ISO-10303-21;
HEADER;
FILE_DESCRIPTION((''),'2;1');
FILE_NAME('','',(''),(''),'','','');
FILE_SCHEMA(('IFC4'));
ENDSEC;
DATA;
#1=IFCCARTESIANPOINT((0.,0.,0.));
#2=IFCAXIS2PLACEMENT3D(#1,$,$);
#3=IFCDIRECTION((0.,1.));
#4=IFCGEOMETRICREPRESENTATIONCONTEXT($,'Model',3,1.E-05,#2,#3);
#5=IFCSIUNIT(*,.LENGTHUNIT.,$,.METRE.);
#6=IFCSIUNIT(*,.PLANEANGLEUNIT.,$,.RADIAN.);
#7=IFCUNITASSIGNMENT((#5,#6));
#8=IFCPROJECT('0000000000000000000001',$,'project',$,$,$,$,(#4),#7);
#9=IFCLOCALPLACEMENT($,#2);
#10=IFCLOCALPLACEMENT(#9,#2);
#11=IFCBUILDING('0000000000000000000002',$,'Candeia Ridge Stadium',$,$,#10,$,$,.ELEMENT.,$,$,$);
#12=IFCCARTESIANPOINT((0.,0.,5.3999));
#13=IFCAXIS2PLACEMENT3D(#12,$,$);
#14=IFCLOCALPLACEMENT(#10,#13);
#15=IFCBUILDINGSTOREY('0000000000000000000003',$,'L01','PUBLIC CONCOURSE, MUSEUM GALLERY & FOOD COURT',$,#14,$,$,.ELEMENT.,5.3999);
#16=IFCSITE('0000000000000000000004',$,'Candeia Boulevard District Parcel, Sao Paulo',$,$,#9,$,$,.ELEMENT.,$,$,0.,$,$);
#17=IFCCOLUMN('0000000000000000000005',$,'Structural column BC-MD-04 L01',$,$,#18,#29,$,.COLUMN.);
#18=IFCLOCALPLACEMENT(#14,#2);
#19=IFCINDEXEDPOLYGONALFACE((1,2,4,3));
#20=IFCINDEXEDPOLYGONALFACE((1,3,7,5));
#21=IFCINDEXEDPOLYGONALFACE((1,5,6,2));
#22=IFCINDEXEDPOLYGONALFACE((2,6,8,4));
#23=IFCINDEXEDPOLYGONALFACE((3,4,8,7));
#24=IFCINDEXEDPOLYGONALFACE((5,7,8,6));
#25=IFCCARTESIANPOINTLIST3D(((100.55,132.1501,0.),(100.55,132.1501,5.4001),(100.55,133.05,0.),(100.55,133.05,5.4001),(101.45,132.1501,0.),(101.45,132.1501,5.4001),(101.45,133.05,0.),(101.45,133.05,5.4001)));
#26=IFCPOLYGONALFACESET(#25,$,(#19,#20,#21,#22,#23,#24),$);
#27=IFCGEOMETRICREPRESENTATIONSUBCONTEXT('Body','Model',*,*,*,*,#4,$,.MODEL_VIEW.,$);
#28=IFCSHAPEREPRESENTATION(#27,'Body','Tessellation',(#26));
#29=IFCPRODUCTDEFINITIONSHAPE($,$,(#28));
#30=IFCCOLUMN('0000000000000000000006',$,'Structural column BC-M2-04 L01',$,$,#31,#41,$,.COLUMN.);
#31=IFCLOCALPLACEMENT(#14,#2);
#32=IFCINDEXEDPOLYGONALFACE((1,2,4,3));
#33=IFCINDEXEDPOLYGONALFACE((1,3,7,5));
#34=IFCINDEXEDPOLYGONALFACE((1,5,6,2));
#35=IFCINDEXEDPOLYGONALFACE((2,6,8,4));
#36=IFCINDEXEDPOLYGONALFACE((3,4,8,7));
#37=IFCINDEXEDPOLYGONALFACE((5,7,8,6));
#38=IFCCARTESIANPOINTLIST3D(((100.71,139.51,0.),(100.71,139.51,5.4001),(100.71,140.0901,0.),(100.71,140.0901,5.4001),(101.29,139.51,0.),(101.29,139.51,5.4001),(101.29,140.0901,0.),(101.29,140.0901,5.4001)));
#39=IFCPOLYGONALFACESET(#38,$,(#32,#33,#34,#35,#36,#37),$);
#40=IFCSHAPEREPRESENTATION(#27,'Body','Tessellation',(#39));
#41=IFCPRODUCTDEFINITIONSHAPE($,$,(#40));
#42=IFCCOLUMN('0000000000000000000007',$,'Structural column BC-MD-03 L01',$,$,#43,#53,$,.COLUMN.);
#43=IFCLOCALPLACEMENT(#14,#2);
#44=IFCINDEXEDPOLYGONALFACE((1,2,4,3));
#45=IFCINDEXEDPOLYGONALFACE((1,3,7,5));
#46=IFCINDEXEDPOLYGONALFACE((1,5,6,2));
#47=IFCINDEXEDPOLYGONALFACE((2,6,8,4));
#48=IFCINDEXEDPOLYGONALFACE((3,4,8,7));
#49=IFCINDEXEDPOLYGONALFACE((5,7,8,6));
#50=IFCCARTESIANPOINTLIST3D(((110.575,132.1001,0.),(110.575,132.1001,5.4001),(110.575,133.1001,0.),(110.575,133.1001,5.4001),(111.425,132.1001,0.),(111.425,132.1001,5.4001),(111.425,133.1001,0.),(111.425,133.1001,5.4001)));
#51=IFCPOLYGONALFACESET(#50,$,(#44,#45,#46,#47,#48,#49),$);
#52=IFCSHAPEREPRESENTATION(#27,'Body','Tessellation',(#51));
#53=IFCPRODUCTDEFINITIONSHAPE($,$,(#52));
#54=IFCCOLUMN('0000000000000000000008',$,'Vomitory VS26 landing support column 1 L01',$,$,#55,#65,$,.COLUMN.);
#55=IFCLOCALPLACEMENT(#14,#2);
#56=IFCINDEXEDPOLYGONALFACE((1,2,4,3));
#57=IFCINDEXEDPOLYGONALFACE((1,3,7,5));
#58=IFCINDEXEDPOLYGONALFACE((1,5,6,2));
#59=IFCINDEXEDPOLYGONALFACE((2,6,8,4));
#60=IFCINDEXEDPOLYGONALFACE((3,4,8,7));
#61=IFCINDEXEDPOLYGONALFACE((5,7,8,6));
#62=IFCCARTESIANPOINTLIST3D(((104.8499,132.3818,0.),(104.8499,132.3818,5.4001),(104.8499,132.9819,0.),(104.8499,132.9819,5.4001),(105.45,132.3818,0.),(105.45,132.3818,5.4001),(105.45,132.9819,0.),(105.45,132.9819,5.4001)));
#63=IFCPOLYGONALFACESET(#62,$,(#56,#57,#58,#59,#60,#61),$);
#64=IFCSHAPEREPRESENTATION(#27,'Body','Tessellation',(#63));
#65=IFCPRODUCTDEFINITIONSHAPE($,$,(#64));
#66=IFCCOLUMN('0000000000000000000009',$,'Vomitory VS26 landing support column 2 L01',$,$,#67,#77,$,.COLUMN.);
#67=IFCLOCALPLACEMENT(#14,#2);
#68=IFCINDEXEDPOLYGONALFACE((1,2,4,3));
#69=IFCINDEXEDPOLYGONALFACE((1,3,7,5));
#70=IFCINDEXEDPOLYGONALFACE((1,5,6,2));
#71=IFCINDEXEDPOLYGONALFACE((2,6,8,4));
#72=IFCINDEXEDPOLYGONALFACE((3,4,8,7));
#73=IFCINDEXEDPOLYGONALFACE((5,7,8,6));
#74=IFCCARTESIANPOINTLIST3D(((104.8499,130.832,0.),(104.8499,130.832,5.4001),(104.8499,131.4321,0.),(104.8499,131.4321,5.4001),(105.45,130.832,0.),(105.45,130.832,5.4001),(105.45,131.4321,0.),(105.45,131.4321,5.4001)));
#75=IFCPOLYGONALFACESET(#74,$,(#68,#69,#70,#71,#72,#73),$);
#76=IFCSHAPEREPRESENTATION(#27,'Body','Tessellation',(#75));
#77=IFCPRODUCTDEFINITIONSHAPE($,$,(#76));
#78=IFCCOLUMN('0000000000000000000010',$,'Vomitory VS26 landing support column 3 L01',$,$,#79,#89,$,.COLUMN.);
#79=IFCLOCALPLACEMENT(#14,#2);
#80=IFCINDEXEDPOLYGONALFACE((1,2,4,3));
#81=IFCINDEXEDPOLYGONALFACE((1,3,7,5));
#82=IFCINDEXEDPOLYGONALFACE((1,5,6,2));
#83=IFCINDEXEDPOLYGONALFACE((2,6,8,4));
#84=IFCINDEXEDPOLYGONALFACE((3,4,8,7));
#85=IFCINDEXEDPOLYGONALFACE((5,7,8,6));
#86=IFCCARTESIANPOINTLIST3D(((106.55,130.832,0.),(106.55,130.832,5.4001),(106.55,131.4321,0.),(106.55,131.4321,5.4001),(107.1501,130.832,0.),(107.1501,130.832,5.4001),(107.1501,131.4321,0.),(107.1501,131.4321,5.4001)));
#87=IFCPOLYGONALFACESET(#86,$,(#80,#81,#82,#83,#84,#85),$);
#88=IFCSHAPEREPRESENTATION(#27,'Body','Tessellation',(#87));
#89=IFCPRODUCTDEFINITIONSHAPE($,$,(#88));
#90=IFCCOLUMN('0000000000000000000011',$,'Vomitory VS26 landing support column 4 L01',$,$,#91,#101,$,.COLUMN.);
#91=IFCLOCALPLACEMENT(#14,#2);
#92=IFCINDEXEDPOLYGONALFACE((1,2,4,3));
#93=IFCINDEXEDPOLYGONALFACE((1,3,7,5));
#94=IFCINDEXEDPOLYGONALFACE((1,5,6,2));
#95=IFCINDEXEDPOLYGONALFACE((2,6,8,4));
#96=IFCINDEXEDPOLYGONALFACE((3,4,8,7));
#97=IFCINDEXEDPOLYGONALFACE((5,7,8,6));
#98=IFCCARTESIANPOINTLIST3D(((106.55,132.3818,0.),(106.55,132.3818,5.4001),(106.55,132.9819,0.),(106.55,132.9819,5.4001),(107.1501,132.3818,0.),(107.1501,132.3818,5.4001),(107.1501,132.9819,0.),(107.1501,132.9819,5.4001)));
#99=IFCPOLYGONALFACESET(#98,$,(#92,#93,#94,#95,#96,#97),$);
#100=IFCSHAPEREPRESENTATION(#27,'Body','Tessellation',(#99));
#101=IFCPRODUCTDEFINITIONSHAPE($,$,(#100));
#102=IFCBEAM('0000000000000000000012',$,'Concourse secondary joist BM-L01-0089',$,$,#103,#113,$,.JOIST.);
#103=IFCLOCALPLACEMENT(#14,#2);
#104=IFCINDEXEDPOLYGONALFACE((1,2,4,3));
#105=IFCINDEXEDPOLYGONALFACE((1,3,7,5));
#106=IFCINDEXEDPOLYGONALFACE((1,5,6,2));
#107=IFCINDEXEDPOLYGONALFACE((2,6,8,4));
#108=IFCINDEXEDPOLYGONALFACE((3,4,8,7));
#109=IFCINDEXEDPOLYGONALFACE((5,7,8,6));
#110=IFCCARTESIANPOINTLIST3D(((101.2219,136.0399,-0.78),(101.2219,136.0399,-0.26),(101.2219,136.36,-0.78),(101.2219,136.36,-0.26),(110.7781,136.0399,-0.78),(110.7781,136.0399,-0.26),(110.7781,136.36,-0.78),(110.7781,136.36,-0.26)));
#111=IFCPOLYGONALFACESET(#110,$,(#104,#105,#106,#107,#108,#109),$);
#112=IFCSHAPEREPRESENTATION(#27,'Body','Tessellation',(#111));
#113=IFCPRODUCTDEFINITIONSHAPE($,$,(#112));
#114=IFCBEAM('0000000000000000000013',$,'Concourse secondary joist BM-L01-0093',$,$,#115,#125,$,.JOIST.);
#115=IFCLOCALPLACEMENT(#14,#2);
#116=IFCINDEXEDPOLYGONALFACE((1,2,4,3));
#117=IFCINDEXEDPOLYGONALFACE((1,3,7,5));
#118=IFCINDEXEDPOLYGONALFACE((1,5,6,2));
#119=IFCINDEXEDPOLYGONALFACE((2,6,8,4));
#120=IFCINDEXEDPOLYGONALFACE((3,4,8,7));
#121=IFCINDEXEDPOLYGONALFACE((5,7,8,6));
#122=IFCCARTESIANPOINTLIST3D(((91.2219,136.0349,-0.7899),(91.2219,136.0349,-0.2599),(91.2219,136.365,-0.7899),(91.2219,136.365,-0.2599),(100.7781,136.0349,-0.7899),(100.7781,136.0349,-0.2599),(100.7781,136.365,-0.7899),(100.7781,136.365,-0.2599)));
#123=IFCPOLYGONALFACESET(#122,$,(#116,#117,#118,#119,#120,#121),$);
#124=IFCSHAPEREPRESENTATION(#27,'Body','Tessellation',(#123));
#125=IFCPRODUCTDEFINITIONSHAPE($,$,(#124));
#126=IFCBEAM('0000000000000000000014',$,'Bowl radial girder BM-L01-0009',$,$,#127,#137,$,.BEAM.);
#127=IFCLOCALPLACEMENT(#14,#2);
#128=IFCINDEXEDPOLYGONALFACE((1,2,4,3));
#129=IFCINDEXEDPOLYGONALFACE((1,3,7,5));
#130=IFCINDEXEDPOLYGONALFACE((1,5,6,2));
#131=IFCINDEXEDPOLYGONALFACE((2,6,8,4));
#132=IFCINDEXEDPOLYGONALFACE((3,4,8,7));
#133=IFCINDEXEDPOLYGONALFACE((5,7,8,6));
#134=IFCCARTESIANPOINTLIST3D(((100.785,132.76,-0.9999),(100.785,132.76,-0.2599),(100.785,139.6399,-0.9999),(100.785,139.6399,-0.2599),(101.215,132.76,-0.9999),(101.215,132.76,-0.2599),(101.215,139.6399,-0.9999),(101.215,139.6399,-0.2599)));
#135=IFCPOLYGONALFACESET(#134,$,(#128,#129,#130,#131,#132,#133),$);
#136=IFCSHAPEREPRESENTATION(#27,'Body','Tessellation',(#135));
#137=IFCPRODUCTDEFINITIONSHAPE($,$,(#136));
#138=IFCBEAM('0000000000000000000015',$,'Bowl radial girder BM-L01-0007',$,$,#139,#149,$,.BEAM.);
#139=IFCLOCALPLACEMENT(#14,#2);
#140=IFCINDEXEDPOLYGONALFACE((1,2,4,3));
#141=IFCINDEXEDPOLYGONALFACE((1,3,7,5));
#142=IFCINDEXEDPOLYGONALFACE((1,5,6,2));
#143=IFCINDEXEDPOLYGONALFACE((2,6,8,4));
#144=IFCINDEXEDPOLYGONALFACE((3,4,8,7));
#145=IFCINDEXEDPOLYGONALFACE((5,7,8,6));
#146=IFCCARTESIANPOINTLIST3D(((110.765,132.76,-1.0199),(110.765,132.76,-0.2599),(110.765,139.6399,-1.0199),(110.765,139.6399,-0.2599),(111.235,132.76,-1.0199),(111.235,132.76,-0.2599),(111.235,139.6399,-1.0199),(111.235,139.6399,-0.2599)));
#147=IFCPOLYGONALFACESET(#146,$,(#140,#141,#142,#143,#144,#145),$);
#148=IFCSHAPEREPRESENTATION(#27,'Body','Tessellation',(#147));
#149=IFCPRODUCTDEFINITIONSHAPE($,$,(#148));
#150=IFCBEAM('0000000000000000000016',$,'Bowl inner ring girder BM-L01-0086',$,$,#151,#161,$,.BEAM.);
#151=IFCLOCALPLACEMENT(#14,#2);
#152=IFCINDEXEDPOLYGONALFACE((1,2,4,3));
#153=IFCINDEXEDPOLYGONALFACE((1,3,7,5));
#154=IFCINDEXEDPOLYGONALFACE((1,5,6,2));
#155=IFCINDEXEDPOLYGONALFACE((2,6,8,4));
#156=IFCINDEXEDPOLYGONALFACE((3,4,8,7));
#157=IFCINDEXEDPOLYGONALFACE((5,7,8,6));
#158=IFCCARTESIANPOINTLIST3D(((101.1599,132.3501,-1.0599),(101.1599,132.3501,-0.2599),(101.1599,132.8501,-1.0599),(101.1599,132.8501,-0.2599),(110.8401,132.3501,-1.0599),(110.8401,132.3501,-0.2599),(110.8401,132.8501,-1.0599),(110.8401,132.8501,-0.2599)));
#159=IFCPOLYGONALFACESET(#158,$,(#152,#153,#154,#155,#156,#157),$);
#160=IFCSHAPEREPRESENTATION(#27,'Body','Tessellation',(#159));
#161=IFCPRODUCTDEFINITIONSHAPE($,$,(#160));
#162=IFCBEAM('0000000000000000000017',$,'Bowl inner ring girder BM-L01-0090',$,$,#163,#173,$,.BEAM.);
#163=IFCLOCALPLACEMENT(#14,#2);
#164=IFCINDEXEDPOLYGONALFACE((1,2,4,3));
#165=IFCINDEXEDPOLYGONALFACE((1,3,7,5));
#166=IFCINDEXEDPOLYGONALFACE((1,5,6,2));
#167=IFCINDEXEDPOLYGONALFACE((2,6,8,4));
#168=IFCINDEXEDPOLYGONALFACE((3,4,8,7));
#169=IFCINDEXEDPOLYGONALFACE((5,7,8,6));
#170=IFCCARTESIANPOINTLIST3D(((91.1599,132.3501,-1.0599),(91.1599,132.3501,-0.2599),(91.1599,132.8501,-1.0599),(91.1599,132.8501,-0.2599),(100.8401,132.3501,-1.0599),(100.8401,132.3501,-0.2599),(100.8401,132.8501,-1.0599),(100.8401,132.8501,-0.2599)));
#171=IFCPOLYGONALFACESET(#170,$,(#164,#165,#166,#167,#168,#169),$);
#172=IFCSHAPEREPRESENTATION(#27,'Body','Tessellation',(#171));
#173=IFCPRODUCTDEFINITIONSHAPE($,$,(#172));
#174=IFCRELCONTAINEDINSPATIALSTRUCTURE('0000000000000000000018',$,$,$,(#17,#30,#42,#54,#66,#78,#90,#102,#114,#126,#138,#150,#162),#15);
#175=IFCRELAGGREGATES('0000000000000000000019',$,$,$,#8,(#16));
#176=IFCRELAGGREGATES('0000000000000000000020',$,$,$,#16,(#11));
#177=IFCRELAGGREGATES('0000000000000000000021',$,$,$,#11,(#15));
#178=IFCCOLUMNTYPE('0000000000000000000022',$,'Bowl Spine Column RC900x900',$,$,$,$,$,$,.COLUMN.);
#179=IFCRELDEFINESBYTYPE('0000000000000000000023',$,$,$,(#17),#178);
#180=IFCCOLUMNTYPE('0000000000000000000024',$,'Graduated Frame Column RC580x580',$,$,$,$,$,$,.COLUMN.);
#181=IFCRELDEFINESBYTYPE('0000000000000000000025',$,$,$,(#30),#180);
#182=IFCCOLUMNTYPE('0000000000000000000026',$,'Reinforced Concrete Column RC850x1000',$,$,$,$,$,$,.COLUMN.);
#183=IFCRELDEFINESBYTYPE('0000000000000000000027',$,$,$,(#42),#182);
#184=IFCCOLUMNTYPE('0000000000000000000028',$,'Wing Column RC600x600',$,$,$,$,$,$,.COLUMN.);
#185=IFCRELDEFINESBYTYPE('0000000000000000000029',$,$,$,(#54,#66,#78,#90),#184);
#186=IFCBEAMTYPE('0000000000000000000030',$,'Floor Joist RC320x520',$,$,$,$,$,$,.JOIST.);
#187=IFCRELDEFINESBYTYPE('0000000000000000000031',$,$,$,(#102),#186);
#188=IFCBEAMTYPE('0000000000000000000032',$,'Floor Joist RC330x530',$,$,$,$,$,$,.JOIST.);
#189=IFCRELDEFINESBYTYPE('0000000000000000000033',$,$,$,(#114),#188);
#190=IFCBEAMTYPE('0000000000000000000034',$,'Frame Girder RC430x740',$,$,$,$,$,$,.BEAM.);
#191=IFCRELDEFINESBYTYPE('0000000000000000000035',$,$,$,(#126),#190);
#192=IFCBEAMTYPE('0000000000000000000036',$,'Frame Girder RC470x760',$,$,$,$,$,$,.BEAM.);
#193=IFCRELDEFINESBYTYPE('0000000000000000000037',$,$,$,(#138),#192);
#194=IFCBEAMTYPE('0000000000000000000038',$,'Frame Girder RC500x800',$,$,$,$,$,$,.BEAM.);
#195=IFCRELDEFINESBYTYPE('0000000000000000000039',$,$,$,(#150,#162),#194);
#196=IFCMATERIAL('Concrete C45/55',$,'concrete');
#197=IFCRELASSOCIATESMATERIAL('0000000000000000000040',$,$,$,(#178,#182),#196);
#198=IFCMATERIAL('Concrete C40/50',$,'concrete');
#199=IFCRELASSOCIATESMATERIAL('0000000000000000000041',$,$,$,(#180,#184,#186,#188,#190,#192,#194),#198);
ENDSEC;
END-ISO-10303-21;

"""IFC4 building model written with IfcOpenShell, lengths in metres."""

from ifc_helpers import new_model, si_unit, direction, frame, origin, origin_2d, place, context, subcontext, project, spatial, rectangle, extrude, material, material_profile, profile_set, type_object, element, save


model = new_model("IFC4")

# Units and contexts
model_context = context("Model", 3, precision=1e-05, world=origin(), true_north=direction((0.0, 1.0)))
body_context = subcontext(model_context, "Body", "Model", "MODEL_VIEW")
ifc_project = project(units=[si_unit("LENGTHUNIT", "METRE"), si_unit("PLANEANGLEUNIT", "RADIAN")], contexts=[model_context])

# Site, building, storey
site_placement = place(None, origin())
site = spatial("IfcSite", under=ifc_project, at=site_placement, Name="Candeia Boulevard District Parcel, Sao Paulo", CompositionType="ELEMENT", RefElevation=0.0)
building_placement = place(site_placement, origin())
building = spatial("IfcBuilding", under=site, at=building_placement, Name="Candeia Ridge Stadium", CompositionType="ELEMENT")
storey_placement = place(building_placement, frame((0.0, 0.0, 5.3999)))
storey = spatial("IfcBuildingStorey", under=building, at=storey_placement, Name="L01", Description="PUBLIC CONCOURSE, MUSEUM GALLERY & FOOD COURT", CompositionType="ELEMENT", Elevation=5.3999)

# Columns
ifc_material_1 = material(Name="Concrete C45/55", Category="concrete")
ifc_material_profile_1 = material_profile(ifc_material_1, rectangle(XDim=0.8999, YDim=0.8999, at=origin_2d()), Name="RC900x900", Category="concrete")
ifc_profile_set_1 = profile_set([ifc_material_profile_1], Name="Concrete C45/55")
column_type_1 = type_object("IfcColumnType", Name="Bowl Spine Column RC900x900", PredefinedType="COLUMN", material=ifc_profile_set_1)
column_1_placement = place(storey_placement, frame((101.0, 132.6001, 0.0), z_axis=(0.0, 0.0, 1.0), x_axis=(1.0, 0.0, 0.0)))
element("IfcColumn", 1, at=column_1_placement, inside=storey, type_object=column_type_1, Name="Structural column BC-MD-04 L01", PredefinedType="COLUMN", context=body_context, shape_type="SweptSolid", body=[
    extrude(rectangle(XDim=0.8999, YDim=0.8999, at=origin_2d()), origin(), (0.0, 0.0, 1.0), 5.4001),
])
ifc_material_2 = material(Name="Concrete C40/50", Category="concrete")
ifc_material_profile_2 = material_profile(ifc_material_2, rectangle(XDim=0.5801, YDim=0.5801, at=origin_2d()), Name="RC580x580", Category="concrete")
ifc_profile_set_2 = profile_set([ifc_material_profile_2], Name="Concrete C40/50")
column_type_2 = type_object("IfcColumnType", Name="Graduated Frame Column RC580x580", PredefinedType="COLUMN", material=ifc_profile_set_2)
column_2_placement = place(storey_placement, frame((101.0, 139.8, 0.0), z_axis=(0.0, 0.0, 1.0), x_axis=(1.0, 0.0, 0.0)))
element("IfcColumn", 2, at=column_2_placement, inside=storey, type_object=column_type_2, Name="Structural column BC-M2-04 L01", PredefinedType="COLUMN", context=body_context, shape_type="SweptSolid", body=[
    extrude(rectangle(XDim=0.5801, YDim=0.5801, at=origin_2d()), origin(), (0.0, 0.0, 1.0), 5.4001),
])
ifc_material_profile_3 = material_profile(ifc_material_1, rectangle(XDim=0.8501, YDim=1.0, at=origin_2d()), Name="RC850x1000", Category="concrete")
ifc_profile_set_3 = profile_set([ifc_material_profile_3], Name="Concrete C45/55")
column_type_3 = type_object("IfcColumnType", Name="Reinforced Concrete Column RC850x1000", PredefinedType="COLUMN", material=ifc_profile_set_3)
column_3_placement = place(storey_placement, frame((111.0, 132.6001, 0.0), z_axis=(0.0, 0.0, 1.0), x_axis=(1.0, 0.0, 0.0)))
element("IfcColumn", 3, at=column_3_placement, inside=storey, type_object=column_type_3, Name="Structural column BC-MD-03 L01", PredefinedType="COLUMN", context=body_context, shape_type="SweptSolid", body=[
    extrude(rectangle(XDim=0.8501, YDim=1.0, at=origin_2d()), origin(), (0.0, 0.0, 1.0), 5.4001),
])
ifc_material_profile_4 = material_profile(ifc_material_2, rectangle(XDim=0.6001, YDim=0.6001, at=origin_2d()), Name="RC600x600", Category="concrete")
ifc_profile_set_4 = profile_set([ifc_material_profile_4], Name="Concrete C40/50")
column_type_4 = type_object("IfcColumnType", Name="Wing Column RC600x600", PredefinedType="COLUMN", material=ifc_profile_set_4)
for number, where, z_axis, x_axis, name in (
    (4, (105.1499, 132.6819, 0.0), (0.0, 0.0, 1.0), (1.0, 0.0, 0.0), "Vomitory VS26 landing support column 1 L01"),
    (5, (105.1499, 131.1321, 0.0), (0.0, 0.0, 1.0), (1.0, 0.0, 0.0), "Vomitory VS26 landing support column 2 L01"),
    (6, (106.8501, 131.1321, 0.0), (0.0, 0.0, 1.0), (1.0, 0.0, 0.0), "Vomitory VS26 landing support column 3 L01"),
    (7, (106.8501, 132.6819, 0.0), (0.0, 0.0, 1.0), (1.0, 0.0, 0.0), "Vomitory VS26 landing support column 4 L01"),
):
    element("IfcColumn", number, at=place(storey_placement, frame(where, z_axis=z_axis, x_axis=x_axis)), inside=storey, type_object=column_type_4, Name=name, PredefinedType="COLUMN", context=body_context, shape_type="SweptSolid", body=[
        extrude(rectangle(XDim=0.6001, YDim=0.6001, at=origin_2d()), origin(), (0.0, 0.0, 1.0), 5.4001),
    ])

# Beams
ifc_material_profile_5 = material_profile(ifc_material_2, rectangle(XDim=0.3201, YDim=0.52, at=origin_2d()), Name="RC320x520", Category="concrete")
ifc_profile_set_5 = profile_set([ifc_material_profile_5], Name="Concrete C40/50")
beam_type_1 = type_object("IfcBeamType", Name="Floor Joist RC320x520", PredefinedType="JOIST", material=ifc_profile_set_5)
beam_1_placement = place(storey_placement, frame((110.7781, 136.2, -0.52), z_axis=(-1.0, 0.0, 0.0), x_axis=(0.0, -1.0, 0.0)))
element("IfcBeam", 8, at=beam_1_placement, inside=storey, type_object=beam_type_1, Name="Concourse secondary joist BM-L01-0089", PredefinedType="JOIST", context=body_context, shape_type="SweptSolid", body=[
    extrude(rectangle(XDim=0.3201, YDim=0.52, at=origin_2d()), origin(), (0.0, 0.0, 1.0), 9.5562),
])
ifc_material_profile_6 = material_profile(ifc_material_2, rectangle(XDim=0.3301, YDim=0.53, at=origin_2d()), Name="RC330x530", Category="concrete")
ifc_profile_set_6 = profile_set([ifc_material_profile_6], Name="Concrete C40/50")
beam_type_2 = type_object("IfcBeamType", Name="Floor Joist RC330x530", PredefinedType="JOIST", material=ifc_profile_set_6)
beam_2_placement = place(storey_placement, frame((100.7781, 136.2, -0.5249), z_axis=(-1.0, 0.0, 0.0), x_axis=(0.0, -1.0, 0.0)))
element("IfcBeam", 9, at=beam_2_placement, inside=storey, type_object=beam_type_2, Name="Concourse secondary joist BM-L01-0093", PredefinedType="JOIST", context=body_context, shape_type="SweptSolid", body=[
    extrude(rectangle(XDim=0.3301, YDim=0.53, at=origin_2d()), origin(), (0.0, 0.0, 1.0), 9.5562),
])
ifc_material_profile_7 = material_profile(ifc_material_2, rectangle(XDim=0.4299, YDim=0.74, at=origin_2d()), Name="RC430x740", Category="concrete")
ifc_profile_set_7 = profile_set([ifc_material_profile_7], Name="Concrete C40/50")
beam_type_3 = type_object("IfcBeamType", Name="Frame Girder RC430x740", PredefinedType="BEAM", material=ifc_profile_set_7)
beam_3_placement = place(storey_placement, frame((101.0, 132.76, -0.6299), z_axis=(0.0, 1.0, 0.0), x_axis=(-1.0, 0.0, 0.0)))
element("IfcBeam", 10, at=beam_3_placement, inside=storey, type_object=beam_type_3, Name="Bowl radial girder BM-L01-0009", PredefinedType="BEAM", context=body_context, shape_type="SweptSolid", body=[
    extrude(rectangle(XDim=0.4299, YDim=0.74, at=origin_2d()), origin(), (0.0, 0.0, 1.0), 6.8799),
])
ifc_material_profile_8 = material_profile(ifc_material_2, rectangle(XDim=0.47, YDim=0.76, at=origin_2d()), Name="RC470x760", Category="concrete")
ifc_profile_set_8 = profile_set([ifc_material_profile_8], Name="Concrete C40/50")
beam_type_4 = type_object("IfcBeamType", Name="Frame Girder RC470x760", PredefinedType="BEAM", material=ifc_profile_set_8)
beam_4_placement = place(storey_placement, frame((111.0, 132.76, -0.6399), z_axis=(0.0, 1.0, 0.0), x_axis=(-1.0, 0.0, 0.0)))
element("IfcBeam", 11, at=beam_4_placement, inside=storey, type_object=beam_type_4, Name="Bowl radial girder BM-L01-0007", PredefinedType="BEAM", context=body_context, shape_type="SweptSolid", body=[
    extrude(rectangle(XDim=0.47, YDim=0.76, at=origin_2d()), origin(), (0.0, 0.0, 1.0), 6.8799),
])
ifc_material_profile_9 = material_profile(ifc_material_2, rectangle(XDim=0.5, YDim=0.8, at=origin_2d()), Name="RC500x800", Category="concrete")
ifc_profile_set_9 = profile_set([ifc_material_profile_9], Name="Concrete C40/50")
beam_type_5 = type_object("IfcBeamType", Name="Frame Girder RC500x800", PredefinedType="BEAM", material=ifc_profile_set_9)
for number, where, z_axis, x_axis, name in (
    (12, (110.8401, 132.6001, -0.6599), (-1.0, 0.0, 0.0), (0.0, -1.0, 0.0), "Bowl inner ring girder BM-L01-0086"),
    (13, (100.8401, 132.6001, -0.6599), (-1.0, 0.0, 0.0), (0.0, -1.0, 0.0), "Bowl inner ring girder BM-L01-0090"),
):
    element("IfcBeam", number, at=place(storey_placement, frame(where, z_axis=z_axis, x_axis=x_axis)), inside=storey, type_object=beam_type_5, Name=name, PredefinedType="BEAM", context=body_context, shape_type="SweptSolid", body=[
        extrude(rectangle(XDim=0.5, YDim=0.8, at=origin_2d()), origin(), (0.0, 0.0, 1.0), 9.6802),
    ])

save(model, "model.ifc")
